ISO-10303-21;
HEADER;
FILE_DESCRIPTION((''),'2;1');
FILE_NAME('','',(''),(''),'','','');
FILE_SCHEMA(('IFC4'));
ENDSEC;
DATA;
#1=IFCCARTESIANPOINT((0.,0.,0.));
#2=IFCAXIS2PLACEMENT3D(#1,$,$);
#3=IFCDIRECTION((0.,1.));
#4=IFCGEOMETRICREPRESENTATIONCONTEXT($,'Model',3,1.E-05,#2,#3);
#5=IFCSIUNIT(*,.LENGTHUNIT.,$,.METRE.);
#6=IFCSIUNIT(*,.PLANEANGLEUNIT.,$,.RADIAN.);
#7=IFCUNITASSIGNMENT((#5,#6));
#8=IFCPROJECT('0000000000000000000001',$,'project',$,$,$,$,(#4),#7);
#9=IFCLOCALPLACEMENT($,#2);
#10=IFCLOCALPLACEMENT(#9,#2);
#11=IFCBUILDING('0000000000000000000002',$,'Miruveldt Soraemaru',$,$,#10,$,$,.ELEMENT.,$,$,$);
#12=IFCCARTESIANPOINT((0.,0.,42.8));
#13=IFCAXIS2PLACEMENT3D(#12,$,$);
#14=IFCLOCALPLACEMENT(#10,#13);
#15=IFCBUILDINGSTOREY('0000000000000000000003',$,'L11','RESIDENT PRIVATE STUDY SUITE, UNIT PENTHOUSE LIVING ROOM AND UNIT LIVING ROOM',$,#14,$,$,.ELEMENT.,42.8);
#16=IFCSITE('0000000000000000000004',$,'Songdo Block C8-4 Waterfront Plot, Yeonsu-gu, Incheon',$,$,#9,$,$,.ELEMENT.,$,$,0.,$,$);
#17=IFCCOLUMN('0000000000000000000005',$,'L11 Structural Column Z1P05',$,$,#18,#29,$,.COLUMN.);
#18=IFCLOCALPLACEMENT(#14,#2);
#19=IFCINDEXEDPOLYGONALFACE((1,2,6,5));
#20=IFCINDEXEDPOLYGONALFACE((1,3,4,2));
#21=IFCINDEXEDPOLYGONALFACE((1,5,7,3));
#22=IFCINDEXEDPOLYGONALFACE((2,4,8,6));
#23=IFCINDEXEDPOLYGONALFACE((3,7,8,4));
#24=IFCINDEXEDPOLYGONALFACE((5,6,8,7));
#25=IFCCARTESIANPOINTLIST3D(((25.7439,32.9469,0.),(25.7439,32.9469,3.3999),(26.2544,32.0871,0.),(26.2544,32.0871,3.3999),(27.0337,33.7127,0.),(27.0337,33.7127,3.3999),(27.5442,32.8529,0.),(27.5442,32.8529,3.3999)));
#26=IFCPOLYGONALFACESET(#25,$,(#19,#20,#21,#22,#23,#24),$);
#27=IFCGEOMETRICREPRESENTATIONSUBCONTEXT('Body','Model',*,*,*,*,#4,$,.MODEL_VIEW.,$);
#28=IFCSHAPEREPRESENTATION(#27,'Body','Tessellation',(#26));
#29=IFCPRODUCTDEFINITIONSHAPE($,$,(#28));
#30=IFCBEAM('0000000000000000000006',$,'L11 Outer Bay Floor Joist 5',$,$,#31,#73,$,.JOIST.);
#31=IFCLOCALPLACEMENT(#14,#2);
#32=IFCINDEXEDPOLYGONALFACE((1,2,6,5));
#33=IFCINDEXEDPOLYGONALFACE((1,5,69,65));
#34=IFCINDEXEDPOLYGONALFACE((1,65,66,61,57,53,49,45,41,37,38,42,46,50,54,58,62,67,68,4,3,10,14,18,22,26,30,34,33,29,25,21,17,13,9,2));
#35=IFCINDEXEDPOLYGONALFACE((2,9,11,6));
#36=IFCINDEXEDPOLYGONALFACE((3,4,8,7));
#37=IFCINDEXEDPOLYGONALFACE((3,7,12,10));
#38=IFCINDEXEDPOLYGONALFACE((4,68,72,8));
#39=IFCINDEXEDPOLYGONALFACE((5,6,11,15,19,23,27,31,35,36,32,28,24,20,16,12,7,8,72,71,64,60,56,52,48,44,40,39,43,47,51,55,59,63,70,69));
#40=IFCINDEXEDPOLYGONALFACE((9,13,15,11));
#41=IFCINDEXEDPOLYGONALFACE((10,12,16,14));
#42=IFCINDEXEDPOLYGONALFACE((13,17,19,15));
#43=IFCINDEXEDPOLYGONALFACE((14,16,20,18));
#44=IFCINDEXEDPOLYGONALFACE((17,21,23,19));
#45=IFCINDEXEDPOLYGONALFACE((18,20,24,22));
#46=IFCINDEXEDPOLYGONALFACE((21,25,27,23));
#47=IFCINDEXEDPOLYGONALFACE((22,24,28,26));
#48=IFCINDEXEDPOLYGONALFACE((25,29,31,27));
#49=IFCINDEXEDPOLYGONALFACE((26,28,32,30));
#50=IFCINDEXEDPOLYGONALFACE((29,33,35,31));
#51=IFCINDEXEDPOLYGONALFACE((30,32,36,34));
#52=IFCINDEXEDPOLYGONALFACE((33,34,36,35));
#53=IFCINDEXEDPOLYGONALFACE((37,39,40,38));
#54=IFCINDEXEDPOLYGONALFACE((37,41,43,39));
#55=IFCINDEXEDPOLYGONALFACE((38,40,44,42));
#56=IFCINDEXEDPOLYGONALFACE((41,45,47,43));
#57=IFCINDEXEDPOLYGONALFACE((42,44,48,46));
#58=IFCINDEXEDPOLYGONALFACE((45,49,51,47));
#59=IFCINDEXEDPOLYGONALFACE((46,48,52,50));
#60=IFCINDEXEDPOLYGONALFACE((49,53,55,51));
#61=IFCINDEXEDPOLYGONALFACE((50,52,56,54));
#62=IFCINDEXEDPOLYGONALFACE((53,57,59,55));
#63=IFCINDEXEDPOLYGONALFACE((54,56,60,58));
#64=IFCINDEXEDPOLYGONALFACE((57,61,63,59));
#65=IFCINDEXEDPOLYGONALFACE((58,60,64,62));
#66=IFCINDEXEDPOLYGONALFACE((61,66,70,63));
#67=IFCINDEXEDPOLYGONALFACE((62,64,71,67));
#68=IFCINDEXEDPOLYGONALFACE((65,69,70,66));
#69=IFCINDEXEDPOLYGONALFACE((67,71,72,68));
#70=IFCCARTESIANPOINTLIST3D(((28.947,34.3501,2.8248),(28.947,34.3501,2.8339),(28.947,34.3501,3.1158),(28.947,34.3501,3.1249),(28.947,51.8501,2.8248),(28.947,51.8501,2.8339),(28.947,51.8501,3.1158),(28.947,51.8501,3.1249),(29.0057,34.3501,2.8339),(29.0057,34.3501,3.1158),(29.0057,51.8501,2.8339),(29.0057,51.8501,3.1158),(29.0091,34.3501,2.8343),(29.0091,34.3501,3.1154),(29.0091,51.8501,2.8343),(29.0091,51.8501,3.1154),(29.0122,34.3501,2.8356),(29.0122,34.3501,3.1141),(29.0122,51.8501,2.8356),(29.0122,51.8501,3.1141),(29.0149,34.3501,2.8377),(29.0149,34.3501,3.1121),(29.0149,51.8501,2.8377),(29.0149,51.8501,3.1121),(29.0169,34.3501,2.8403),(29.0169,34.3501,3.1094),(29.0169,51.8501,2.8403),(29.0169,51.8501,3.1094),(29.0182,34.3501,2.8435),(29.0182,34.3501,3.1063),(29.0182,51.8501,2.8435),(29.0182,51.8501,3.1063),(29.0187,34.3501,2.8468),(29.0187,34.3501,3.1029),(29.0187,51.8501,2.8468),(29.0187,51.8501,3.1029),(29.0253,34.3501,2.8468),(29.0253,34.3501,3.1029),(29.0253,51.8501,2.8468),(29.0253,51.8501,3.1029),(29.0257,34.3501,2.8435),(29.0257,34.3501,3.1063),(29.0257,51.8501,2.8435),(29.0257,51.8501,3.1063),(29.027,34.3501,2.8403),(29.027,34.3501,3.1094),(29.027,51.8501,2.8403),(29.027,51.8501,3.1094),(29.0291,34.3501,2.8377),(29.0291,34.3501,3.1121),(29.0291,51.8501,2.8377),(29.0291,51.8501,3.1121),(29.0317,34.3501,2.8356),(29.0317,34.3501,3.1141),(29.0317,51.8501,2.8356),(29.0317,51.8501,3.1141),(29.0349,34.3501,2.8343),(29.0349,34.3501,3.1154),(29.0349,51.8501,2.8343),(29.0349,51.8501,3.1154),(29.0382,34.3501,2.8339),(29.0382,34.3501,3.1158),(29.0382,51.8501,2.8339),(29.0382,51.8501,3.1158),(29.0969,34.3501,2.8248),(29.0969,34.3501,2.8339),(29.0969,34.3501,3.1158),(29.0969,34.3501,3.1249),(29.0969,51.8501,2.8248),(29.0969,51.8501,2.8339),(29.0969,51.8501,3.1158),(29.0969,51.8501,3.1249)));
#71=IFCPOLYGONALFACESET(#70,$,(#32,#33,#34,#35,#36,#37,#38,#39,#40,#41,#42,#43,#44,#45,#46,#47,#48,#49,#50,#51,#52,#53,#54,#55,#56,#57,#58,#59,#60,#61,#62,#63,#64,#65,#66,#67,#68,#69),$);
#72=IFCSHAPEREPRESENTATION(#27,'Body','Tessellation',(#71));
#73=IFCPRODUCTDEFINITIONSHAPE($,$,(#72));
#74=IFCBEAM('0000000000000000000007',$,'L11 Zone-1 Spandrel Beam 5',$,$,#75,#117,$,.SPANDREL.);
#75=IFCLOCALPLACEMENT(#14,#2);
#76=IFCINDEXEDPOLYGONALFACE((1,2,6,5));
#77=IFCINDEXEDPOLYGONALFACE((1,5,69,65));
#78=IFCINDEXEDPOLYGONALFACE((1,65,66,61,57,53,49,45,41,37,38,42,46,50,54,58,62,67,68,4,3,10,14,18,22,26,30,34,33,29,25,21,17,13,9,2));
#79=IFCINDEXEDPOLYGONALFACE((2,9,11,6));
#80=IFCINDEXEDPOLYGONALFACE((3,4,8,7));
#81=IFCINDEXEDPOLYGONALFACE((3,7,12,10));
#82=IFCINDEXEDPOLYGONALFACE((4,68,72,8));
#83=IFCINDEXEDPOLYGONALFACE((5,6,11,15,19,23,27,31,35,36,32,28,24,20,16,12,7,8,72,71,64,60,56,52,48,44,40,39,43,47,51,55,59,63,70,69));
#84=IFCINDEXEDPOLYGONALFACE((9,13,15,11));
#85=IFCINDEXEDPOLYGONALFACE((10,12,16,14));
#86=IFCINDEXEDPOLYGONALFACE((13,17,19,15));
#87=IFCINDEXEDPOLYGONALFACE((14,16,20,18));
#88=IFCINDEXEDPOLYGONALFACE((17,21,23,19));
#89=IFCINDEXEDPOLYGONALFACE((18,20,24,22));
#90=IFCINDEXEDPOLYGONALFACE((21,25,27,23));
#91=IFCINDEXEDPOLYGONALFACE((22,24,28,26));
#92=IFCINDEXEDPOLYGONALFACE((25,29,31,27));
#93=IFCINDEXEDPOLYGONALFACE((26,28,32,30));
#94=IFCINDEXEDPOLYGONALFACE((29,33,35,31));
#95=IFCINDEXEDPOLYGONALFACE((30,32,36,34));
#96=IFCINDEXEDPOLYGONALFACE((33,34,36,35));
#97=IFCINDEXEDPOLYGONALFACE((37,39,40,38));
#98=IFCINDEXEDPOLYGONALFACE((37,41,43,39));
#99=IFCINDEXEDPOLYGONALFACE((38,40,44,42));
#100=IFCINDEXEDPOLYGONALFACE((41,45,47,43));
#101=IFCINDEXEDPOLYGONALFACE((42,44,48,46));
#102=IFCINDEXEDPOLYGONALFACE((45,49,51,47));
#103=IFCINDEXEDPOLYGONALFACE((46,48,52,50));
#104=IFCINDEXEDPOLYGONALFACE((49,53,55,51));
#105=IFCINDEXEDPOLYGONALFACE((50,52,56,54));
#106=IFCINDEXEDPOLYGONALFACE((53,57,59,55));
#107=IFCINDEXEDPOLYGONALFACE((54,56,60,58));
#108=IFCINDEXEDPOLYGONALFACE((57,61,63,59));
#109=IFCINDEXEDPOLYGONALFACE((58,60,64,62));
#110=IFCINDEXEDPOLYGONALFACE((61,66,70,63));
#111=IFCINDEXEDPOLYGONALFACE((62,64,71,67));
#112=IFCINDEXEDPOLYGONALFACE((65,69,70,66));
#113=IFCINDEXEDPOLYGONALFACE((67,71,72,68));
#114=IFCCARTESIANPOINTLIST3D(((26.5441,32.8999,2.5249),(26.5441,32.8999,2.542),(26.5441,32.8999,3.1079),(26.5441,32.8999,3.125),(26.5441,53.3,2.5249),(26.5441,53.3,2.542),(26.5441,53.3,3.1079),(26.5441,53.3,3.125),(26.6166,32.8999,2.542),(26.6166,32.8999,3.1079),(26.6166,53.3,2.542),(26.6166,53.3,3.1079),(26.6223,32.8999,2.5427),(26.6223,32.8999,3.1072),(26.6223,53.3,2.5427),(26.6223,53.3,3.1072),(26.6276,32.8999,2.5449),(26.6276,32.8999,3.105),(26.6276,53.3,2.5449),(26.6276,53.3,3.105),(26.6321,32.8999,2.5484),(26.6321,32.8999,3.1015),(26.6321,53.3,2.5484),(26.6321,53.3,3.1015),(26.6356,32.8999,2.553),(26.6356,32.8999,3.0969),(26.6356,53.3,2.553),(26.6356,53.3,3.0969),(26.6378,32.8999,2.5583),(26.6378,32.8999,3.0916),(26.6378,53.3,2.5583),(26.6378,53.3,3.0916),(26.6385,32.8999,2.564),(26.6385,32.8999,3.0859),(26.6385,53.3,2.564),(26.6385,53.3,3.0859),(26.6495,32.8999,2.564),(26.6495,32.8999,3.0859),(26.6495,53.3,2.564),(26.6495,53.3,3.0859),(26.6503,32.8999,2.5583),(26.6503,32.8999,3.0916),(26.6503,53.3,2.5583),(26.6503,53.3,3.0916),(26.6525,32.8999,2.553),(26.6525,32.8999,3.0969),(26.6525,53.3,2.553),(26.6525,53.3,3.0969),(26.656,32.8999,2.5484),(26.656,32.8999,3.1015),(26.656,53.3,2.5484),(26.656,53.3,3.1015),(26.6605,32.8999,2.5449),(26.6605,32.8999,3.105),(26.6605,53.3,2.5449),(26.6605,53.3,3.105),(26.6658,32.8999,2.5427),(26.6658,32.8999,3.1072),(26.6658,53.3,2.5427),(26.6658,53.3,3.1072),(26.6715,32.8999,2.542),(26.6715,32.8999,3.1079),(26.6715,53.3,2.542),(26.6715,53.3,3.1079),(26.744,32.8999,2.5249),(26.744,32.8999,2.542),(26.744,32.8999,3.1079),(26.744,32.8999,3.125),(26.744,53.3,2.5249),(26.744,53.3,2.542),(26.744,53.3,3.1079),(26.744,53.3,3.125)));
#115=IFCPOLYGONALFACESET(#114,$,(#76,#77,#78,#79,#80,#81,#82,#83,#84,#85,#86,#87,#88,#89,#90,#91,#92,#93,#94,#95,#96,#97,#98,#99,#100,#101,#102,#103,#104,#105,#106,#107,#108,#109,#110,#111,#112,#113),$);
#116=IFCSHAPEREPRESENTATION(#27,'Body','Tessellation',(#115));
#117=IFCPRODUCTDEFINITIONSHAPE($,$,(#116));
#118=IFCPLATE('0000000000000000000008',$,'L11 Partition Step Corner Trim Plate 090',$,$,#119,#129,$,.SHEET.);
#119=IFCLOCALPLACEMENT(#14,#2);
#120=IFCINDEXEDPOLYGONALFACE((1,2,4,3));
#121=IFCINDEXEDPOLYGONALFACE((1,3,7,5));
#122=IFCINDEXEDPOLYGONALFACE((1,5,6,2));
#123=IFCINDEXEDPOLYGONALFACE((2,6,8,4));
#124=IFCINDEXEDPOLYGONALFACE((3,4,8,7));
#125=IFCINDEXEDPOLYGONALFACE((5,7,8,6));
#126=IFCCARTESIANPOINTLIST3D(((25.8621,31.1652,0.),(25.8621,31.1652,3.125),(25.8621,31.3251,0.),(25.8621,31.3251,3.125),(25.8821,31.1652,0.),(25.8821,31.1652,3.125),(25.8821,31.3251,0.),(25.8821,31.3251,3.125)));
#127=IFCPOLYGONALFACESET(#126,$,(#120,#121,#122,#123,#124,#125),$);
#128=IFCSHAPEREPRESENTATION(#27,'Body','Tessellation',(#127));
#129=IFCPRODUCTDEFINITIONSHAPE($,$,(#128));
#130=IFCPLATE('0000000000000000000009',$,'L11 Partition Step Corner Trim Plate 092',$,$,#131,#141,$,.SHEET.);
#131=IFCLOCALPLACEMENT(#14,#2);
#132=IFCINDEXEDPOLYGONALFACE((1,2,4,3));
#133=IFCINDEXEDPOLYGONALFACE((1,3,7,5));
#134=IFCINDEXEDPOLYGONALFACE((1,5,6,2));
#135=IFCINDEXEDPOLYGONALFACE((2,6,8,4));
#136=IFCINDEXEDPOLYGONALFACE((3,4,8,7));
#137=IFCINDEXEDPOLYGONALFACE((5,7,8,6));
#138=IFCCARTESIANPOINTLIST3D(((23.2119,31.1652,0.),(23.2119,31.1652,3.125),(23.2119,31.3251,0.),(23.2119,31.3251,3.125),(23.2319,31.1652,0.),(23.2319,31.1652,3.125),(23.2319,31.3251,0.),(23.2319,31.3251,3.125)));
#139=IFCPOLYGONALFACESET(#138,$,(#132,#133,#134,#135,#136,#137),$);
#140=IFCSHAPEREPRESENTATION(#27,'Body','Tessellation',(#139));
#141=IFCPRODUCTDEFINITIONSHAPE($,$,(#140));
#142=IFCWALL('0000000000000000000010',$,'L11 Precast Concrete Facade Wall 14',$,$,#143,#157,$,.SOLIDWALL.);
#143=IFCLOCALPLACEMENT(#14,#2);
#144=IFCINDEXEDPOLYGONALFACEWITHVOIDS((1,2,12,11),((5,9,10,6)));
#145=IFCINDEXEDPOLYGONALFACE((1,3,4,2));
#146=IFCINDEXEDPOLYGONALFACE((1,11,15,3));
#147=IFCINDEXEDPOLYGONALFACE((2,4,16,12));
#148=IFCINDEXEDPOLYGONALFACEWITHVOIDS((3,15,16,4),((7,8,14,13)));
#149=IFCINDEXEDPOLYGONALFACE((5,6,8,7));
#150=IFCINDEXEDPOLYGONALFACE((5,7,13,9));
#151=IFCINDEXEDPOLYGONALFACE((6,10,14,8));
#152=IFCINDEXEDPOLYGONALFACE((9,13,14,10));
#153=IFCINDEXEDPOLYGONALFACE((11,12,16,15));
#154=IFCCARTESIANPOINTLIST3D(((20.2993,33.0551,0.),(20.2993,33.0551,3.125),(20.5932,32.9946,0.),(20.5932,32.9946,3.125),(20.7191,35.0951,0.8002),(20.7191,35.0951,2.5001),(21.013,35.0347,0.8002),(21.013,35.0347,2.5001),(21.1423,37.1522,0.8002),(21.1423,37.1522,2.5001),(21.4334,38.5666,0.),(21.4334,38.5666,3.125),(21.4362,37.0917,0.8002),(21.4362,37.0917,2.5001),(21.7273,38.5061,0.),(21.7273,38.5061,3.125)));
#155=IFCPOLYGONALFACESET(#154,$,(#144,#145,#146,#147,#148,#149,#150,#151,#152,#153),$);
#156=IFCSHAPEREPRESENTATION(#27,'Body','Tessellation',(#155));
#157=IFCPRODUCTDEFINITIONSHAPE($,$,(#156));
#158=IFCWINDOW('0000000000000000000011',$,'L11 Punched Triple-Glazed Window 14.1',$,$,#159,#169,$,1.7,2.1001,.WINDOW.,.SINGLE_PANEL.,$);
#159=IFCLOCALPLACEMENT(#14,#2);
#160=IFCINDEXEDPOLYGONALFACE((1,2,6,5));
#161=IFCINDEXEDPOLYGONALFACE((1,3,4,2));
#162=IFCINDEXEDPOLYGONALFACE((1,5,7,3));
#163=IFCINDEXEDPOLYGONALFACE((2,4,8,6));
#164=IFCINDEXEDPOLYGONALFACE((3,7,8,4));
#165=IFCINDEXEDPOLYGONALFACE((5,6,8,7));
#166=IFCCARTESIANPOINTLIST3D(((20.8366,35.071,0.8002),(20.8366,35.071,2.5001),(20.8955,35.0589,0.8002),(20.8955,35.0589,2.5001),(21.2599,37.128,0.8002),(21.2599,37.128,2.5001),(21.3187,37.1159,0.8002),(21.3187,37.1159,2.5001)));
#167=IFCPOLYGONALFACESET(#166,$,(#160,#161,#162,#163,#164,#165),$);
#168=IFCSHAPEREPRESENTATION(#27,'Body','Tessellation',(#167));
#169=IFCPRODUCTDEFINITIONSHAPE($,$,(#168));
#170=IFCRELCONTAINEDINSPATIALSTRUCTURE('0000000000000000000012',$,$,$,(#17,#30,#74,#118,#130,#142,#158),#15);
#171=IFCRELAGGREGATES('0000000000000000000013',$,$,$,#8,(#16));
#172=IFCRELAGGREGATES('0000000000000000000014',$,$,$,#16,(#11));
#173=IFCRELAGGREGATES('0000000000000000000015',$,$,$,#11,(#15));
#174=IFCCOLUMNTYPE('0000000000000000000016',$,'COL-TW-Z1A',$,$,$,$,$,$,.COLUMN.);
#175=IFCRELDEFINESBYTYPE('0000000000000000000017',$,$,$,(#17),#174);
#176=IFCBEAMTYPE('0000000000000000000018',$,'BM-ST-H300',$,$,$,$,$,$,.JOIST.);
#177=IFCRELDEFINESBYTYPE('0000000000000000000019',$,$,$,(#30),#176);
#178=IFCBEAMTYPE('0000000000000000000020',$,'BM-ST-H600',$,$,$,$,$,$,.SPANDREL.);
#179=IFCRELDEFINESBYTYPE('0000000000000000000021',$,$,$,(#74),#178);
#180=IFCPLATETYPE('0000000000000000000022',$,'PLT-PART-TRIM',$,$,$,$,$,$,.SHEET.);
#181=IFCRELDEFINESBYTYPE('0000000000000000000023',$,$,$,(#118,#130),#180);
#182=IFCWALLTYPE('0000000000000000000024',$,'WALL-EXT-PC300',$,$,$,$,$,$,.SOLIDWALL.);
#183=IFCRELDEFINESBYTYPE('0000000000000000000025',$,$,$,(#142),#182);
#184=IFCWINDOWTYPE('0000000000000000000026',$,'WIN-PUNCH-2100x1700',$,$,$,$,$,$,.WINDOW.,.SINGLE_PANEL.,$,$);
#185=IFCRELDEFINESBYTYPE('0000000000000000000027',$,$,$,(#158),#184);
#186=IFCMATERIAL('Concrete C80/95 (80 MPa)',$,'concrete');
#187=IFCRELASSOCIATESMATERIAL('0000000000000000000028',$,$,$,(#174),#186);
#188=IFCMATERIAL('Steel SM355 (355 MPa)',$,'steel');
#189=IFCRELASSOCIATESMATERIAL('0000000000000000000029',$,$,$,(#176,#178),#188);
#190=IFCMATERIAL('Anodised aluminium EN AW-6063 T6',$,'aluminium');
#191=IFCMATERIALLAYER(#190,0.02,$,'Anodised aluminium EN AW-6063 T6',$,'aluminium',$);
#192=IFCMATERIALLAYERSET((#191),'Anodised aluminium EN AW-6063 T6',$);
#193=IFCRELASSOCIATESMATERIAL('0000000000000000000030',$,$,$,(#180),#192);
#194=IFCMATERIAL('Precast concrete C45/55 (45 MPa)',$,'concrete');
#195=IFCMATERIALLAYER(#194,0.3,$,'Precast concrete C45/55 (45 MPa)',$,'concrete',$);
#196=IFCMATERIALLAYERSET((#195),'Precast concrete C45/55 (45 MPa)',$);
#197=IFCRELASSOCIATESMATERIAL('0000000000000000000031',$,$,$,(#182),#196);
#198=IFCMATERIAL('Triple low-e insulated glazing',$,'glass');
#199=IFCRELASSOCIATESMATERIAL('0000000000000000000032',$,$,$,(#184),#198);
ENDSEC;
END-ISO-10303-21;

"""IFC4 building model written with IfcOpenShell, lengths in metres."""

from ifc_helpers import new_model, si_unit, direction, frame, frame_2d, origin, origin_2d, place, context, subcontext, project, spatial, rectangle, i_section, extrude, material, layer, layer_set, material_profile, profile_set, type_object, element, fill, save


model = new_model("IFC4")

# Units and contexts
model_context = context("Model", 3, precision=1e-05, world=origin(), true_north=direction((0.0, 1.0)))
body_context = subcontext(model_context, "Body", "Model", "MODEL_VIEW")
ifc_project = project(units=[si_unit("LENGTHUNIT", "METRE"), si_unit("PLANEANGLEUNIT", "RADIAN")], contexts=[model_context])

# Site, building, storey
site_placement = place(None, origin())
site = spatial("IfcSite", under=ifc_project, at=site_placement, Name="Songdo Block C8-4 Waterfront Plot, Yeonsu-gu, Incheon", CompositionType="ELEMENT", RefElevation=0.0)
building_placement = place(site_placement, origin())
building = spatial("IfcBuilding", under=site, at=building_placement, Name="Miruveldt Soraemaru", CompositionType="ELEMENT")
storey_placement = place(building_placement, frame((0.0, 0.0, 42.8)))
storey = spatial("IfcBuildingStorey", under=building, at=storey_placement, Name="L11", Description="RESIDENT PRIVATE STUDY SUITE, UNIT PENTHOUSE LIVING ROOM AND UNIT LIVING ROOM", CompositionType="ELEMENT", Elevation=42.8)

# Column
ifc_material_1 = material(Name="Concrete C80/95 (80 MPa)", Category="concrete")
ifc_material_profile_1 = material_profile(ifc_material_1, rectangle(XDim=1.5, YDim=1.0, at=origin_2d()), Name="Concrete C80/95 (80 MPa)", Category="concrete")
ifc_profile_set_1 = profile_set([ifc_material_profile_1], Name="Concrete C80/95 (80 MPa)")
column_type = type_object("IfcColumnType", Name="COL-TW-Z1A", PredefinedType="COLUMN", material=ifc_profile_set_1)
column_placement = place(storey_placement, frame((26.644, 32.8999, 0.0), z_axis=(0.0, 0.0, 1.0), x_axis=(0.859852, 0.510543, 0.0)))
element("IfcColumn", 1, at=column_placement, inside=storey, type_object=column_type, Name="L11 Structural Column Z1P05", PredefinedType="COLUMN", context=body_context, shape_type="SweptSolid", body=[
    extrude(rectangle(XDim=1.5, YDim=1.0, at=origin_2d()), origin(), (0.0, 0.0, 1.0), 3.3999),
])

# Beams
ifc_material_2 = material(Name="Steel SM355 (355 MPa)", Category="steel")
ifc_material_profile_2 = material_profile(ifc_material_2, i_section(OverallWidth=0.1499, OverallDepth=0.3, WebThickness=0.0066, FlangeThickness=0.009, FilletRadius=0.0129, at=origin_2d()), Name="Steel SM355 (355 MPa)", Category="steel")
ifc_profile_set_2 = profile_set([ifc_material_profile_2], Name="Steel SM355 (355 MPa)")
beam_type_1 = type_object("IfcBeamType", Name="BM-ST-H300", PredefinedType="JOIST", material=ifc_profile_set_2)
beam_1_placement = place(storey_placement, frame((29.022, 34.3501, 2.9749), z_axis=(0.0, 1.0, 0.0), x_axis=(-1.0, 0.0, 0.0)))
element("IfcBeam", 2, at=beam_1_placement, inside=storey, type_object=beam_type_1, Name="L11 Outer Bay Floor Joist 5", PredefinedType="JOIST", context=body_context, shape_type="SweptSolid", body=[
    extrude(i_section(OverallWidth=0.1499, OverallDepth=0.3, WebThickness=0.0066, FlangeThickness=0.009, FilletRadius=0.0129, at=origin_2d()), origin(), (0.0, 0.0, 1.0), 17.5),
])
ifc_material_profile_3 = material_profile(ifc_material_2, i_section(OverallWidth=0.2, OverallDepth=0.6001, WebThickness=0.011, FlangeThickness=0.0171, FilletRadius=0.022, at=origin_2d()), Name="Steel SM355 (355 MPa)", Category="steel")
ifc_profile_set_3 = profile_set([ifc_material_profile_3], Name="Steel SM355 (355 MPa)")
beam_type_2 = type_object("IfcBeamType", Name="BM-ST-H600", PredefinedType="SPANDREL", material=ifc_profile_set_3)
beam_2_placement = place(storey_placement, frame((26.644, 32.8999, 2.825), z_axis=(0.0, 1.0, 0.0), x_axis=(-1.0, 0.0, 0.0)))
element("IfcBeam", 3, at=beam_2_placement, inside=storey, type_object=beam_type_2, Name="L11 Zone-1 Spandrel Beam 5", PredefinedType="SPANDREL", context=body_context, shape_type="SweptSolid", body=[
    extrude(i_section(OverallWidth=0.2, OverallDepth=0.6001, WebThickness=0.011, FlangeThickness=0.0171, FilletRadius=0.022, at=origin_2d()), origin(), (0.0, 0.0, 1.0), 20.4001),
])

# Plates
ifc_material_3 = material(Name="Anodised aluminium EN AW-6063 T6", Category="aluminium")
ifc_layer_1 = layer(ifc_material_3, 0.02, Name="Anodised aluminium EN AW-6063 T6", Category="aluminium")
ifc_layer_set_1 = layer_set([ifc_layer_1], Name="Anodised aluminium EN AW-6063 T6")
plate_type = type_object("IfcPlateType", Name="PLT-PART-TRIM", PredefinedType="SHEET", material=ifc_layer_set_1)
for number, where, z_axis, x_axis, name in (
    (4, (25.8721, 31.2451, 0.0), (0.0, 0.0, 1.0), (0.0, 1.0, 0.0), "L11 Partition Step Corner Trim Plate 090"),
    (5, (23.2219, 31.2451, 0.0), (0.0, 0.0, 1.0), (0.0, -1.0, 0.0), "L11 Partition Step Corner Trim Plate 092"),
):
    element("IfcPlate", number, at=place(storey_placement, frame(where, z_axis=z_axis, x_axis=x_axis)), inside=storey, type_object=plate_type, Name=name, PredefinedType="SHEET", context=body_context, shape_type="SweptSolid", body=[
        extrude(rectangle(XDim=0.1599, YDim=0.02, at=origin_2d()), origin(), (0.0, 0.0, 1.0), 3.125),
    ])

# Wall, opening, window
ifc_material_4 = material(Name="Precast concrete C45/55 (45 MPa)", Category="concrete")
ifc_layer_2 = layer(ifc_material_4, 0.3, Name="Precast concrete C45/55 (45 MPa)", Category="concrete")
ifc_layer_set_2 = layer_set([ifc_layer_2], Name="Precast concrete C45/55 (45 MPa)")
wall_type_1 = type_object("IfcWallType", Name="WALL-EXT-PC300", PredefinedType="SOLIDWALL", material=ifc_layer_set_2)
wall_1_placement = place(storey_placement, frame((21.5803, 38.5364, 0.0), z_axis=(0.0, 0.0, 1.0), x_axis=(-0.201537, -0.979481, 0.0)))
wall_1 = element("IfcWall", 6, at=wall_1_placement, inside=storey, type_object=wall_type_1, Name="L11 Precast Concrete Facade Wall 14", PredefinedType="SOLIDWALL", context=body_context, shape_type="SweptSolid", body=[
    extrude(rectangle(XDim=5.627, YDim=0.3, at=frame_2d((2.8135, 0.0))), origin(), (0.0, 0.0, 1.0), 3.125),
])
opening_1_placement = place(wall_1_placement, frame((1.4441, 0.0, 0.8)))
opening_1 = element("IfcOpeningElement", 7, at=opening_1_placement, cuts=wall_1, PredefinedType="OPENING", context=body_context, shape_type="SweptSolid", body=[
    extrude(rectangle(XDim=2.1001, YDim=1.7, at=frame_2d((1.05, 0.8501))), frame((0.0, 0.1602, 0.0), z_axis=(0.0, -1.0, 0.0), x_axis=(1.0, 0.0, 0.0)), (0.0, 0.0, 1.0), 0.3201),
])
ifc_material_5 = material(Name="Triple low-e insulated glazing", Category="glass")
window_type_1 = type_object("IfcWindowType", Name="WIN-PUNCH-2100x1700", PartitioningType="SINGLE_PANEL", PredefinedType="WINDOW", material=ifc_material_5)
window_1_placement = place(opening_1_placement, origin())
window_1 = element("IfcWindow", 8, at=window_1_placement, inside=storey, type_object=window_type_1, Name="L11 Punched Triple-Glazed Window 14.1", OverallHeight=1.7, OverallWidth=2.1001, PartitioningType="SINGLE_PANEL", PredefinedType="WINDOW", context=body_context, shape_type="SweptSolid", body=[
    extrude(rectangle(XDim=2.1001, YDim=1.7, at=frame_2d((1.05, 0.8501))), frame((0.0, 0.03, 0.0), z_axis=(0.0, -1.0, 0.0), x_axis=(1.0, 0.0, 0.0)), (0.0, 0.0, 1.0), 0.0601),
])
fill(opening_1, window_1)

save(model, "model.ifc")
